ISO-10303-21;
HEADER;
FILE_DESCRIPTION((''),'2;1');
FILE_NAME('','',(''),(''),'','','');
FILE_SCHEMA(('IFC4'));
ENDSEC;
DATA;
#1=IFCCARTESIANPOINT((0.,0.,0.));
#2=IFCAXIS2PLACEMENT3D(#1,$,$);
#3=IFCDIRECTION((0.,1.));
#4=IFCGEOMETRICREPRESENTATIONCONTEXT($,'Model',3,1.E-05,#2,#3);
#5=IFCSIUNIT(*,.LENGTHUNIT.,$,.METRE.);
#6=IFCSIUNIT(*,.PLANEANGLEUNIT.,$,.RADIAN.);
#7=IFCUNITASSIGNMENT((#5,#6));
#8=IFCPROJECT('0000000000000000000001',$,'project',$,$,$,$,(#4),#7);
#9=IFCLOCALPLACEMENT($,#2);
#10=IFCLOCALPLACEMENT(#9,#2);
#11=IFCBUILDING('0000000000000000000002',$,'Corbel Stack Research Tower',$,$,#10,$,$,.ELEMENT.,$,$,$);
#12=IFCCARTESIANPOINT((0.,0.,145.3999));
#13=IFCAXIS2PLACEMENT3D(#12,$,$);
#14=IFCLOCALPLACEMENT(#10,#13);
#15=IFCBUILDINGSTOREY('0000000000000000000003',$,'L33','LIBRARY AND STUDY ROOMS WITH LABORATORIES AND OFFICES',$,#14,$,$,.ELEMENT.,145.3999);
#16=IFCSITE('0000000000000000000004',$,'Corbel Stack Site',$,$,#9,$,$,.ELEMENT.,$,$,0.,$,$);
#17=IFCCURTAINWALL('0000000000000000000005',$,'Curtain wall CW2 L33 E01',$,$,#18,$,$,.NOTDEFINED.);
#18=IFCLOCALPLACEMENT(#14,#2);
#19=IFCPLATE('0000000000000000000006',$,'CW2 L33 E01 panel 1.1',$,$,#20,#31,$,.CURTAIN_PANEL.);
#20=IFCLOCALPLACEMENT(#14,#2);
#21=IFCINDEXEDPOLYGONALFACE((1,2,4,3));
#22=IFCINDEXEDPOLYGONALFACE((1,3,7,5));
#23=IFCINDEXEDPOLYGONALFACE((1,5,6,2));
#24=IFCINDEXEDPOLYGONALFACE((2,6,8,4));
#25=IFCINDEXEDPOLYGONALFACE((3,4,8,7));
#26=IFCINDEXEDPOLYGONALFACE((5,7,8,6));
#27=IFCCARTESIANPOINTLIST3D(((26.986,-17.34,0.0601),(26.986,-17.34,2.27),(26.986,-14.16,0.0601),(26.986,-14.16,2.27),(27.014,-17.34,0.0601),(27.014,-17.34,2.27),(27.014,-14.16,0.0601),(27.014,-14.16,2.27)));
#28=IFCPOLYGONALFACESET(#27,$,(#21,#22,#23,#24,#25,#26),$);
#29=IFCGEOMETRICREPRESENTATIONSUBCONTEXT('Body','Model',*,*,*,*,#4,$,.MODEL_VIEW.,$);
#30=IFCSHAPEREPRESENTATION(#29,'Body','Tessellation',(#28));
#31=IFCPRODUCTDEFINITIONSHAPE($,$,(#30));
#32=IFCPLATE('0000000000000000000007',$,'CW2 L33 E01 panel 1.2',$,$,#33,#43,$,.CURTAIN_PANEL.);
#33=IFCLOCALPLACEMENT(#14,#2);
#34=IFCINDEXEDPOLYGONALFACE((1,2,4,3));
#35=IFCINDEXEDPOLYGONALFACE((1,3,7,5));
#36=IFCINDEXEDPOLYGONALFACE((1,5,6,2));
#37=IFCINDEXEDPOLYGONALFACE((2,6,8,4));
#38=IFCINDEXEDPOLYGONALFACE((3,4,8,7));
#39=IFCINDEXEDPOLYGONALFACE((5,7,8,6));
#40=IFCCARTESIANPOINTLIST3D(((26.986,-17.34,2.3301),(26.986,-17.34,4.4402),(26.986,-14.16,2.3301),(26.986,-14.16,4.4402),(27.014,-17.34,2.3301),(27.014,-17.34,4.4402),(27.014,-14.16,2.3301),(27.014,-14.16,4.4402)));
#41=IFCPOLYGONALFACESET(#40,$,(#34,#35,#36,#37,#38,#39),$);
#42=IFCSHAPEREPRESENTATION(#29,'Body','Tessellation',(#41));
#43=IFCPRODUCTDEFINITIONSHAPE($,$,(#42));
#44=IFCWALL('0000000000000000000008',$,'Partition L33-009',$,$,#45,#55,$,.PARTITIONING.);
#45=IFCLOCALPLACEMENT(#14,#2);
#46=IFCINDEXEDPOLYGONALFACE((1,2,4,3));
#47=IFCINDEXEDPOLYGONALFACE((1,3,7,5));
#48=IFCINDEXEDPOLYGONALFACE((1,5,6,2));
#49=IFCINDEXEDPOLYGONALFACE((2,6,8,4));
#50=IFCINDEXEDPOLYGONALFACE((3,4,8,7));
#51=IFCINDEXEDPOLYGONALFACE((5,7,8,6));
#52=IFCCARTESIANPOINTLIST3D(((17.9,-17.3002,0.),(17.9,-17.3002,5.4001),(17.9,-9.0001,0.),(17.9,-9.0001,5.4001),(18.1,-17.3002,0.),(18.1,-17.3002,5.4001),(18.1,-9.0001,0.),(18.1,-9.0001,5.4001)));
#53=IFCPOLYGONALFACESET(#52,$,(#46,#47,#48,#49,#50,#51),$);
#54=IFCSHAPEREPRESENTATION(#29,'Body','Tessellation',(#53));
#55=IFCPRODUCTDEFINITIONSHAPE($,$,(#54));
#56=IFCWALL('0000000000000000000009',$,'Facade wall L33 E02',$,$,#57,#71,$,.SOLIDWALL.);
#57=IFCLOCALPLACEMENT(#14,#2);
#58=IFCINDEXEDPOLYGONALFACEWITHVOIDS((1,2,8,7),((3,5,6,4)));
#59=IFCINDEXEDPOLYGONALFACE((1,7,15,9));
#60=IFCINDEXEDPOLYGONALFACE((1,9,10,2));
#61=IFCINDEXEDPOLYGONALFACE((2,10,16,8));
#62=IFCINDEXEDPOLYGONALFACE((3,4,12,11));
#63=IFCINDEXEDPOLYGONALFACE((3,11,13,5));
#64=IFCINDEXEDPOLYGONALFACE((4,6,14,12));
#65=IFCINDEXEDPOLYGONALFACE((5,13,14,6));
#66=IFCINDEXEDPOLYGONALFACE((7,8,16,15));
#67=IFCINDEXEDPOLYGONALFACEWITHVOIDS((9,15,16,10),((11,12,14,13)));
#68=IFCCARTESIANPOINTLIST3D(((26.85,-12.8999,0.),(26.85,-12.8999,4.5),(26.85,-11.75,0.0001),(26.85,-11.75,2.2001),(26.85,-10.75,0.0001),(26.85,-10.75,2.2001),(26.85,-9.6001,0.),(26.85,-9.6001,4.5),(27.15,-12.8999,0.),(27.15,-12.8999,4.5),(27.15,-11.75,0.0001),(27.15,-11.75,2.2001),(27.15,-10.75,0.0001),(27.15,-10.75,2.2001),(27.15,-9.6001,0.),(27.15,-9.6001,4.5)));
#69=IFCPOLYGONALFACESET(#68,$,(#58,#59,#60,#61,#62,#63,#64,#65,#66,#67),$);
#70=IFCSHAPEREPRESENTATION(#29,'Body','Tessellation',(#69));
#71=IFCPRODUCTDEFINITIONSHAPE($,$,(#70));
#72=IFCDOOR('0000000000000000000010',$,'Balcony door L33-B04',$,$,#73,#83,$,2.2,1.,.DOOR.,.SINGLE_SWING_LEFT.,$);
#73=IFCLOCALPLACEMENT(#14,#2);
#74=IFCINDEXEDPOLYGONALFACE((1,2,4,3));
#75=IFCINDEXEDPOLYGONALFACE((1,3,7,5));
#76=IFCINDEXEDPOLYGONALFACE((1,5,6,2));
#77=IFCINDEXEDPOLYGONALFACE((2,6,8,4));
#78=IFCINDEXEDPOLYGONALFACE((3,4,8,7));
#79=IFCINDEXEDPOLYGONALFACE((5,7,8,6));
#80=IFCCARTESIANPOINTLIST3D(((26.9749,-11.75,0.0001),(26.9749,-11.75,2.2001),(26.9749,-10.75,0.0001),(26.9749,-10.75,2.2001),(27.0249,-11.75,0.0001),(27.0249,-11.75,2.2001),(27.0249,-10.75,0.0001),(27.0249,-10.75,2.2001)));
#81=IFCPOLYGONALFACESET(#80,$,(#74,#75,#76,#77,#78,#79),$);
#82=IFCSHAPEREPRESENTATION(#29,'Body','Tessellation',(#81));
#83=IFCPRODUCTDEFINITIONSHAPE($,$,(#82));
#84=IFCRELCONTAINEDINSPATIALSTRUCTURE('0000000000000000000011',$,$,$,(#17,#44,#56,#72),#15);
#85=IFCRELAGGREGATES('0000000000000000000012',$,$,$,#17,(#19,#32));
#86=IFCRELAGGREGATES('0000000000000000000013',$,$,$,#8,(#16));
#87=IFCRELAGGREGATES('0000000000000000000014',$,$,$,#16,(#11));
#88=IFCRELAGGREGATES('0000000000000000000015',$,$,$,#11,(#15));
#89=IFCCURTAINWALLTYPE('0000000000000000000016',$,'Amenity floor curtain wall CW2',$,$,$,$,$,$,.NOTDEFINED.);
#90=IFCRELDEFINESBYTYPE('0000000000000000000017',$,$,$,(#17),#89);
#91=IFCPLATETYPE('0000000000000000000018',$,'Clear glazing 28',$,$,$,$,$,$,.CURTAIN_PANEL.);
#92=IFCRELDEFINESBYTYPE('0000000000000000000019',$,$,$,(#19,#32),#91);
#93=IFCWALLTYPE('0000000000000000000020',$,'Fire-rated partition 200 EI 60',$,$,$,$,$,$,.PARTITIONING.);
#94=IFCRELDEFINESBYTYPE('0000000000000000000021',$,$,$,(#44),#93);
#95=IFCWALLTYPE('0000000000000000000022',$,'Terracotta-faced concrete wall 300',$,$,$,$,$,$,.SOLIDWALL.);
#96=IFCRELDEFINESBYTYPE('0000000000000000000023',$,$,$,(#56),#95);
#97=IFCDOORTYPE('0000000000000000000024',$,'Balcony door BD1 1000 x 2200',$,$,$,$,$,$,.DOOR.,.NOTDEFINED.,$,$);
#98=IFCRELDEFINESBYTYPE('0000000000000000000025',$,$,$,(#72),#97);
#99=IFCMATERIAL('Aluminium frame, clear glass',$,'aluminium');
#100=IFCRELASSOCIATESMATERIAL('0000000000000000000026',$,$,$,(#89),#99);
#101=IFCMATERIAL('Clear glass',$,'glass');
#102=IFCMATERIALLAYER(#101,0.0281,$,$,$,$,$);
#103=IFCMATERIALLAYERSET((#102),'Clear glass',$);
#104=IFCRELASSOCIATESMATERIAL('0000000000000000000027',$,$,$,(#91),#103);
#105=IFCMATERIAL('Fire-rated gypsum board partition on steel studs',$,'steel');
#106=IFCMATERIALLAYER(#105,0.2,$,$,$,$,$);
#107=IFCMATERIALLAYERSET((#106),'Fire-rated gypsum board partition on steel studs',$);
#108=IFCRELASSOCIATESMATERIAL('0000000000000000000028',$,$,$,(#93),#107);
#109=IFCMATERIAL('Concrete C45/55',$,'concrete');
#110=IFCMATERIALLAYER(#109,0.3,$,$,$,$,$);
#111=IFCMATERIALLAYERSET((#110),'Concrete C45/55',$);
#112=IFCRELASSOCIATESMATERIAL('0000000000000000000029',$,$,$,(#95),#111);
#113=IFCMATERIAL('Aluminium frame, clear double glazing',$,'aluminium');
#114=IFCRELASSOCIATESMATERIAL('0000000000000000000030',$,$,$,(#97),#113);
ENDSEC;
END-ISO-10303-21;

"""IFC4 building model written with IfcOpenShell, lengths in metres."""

from ifc_helpers import new_model, si_unit, direction, frame, frame_2d, origin, origin_2d, place, context, subcontext, project, spatial, rectangle, extrude, material, layer, layer_set, type_object, element, fill, aggregate, save


model = new_model("IFC4")

# Units and contexts
model_context = context("Model", 3, precision=1e-05, world=origin(), true_north=direction((0.0, 1.0)))
body_context = subcontext(model_context, "Body", "Model", "MODEL_VIEW")
ifc_project = project(units=[si_unit("LENGTHUNIT", "METRE"), si_unit("PLANEANGLEUNIT", "RADIAN")], contexts=[model_context])

# Site, building, storey
site_placement = place(None, origin())
site = spatial("IfcSite", under=ifc_project, at=site_placement, Name="Corbel Stack Site", CompositionType="ELEMENT", RefElevation=0.0)
building_placement = place(site_placement, origin())
building = spatial("IfcBuilding", under=site, at=building_placement, Name="Corbel Stack Research Tower", CompositionType="ELEMENT")
storey_placement = place(building_placement, frame((0.0, 0.0, 145.3999)))
storey = spatial("IfcBuildingStorey", under=building, at=storey_placement, Name="L33", Description="LIBRARY AND STUDY ROOMS WITH LABORATORIES AND OFFICES", CompositionType="ELEMENT", Elevation=145.3999)

# Curtain wall
ifc_material_1 = material(Name="Aluminium frame, clear glass", Category="aluminium")
curtain_wall_type = type_object("IfcCurtainWallType", Name="Amenity floor curtain wall CW2", PredefinedType="NOTDEFINED", material=ifc_material_1)
curtain_wall_1_placement = place(storey_placement, origin())
curtain_wall_1 = element("IfcCurtainWall", 1, at=curtain_wall_1_placement, inside=storey, type_object=curtain_wall_type, Name="Curtain wall CW2 L33 E01", PredefinedType="NOTDEFINED")

# Plates
ifc_material_2 = material(Name="Clear glass", Category="glass")
ifc_layer_1 = layer(ifc_material_2, 0.0281)
ifc_layer_set_1 = layer_set([ifc_layer_1], Name="Clear glass")
plate_type = type_object("IfcPlateType", Name="Clear glazing 28", PredefinedType="CURTAIN_PANEL", material=ifc_layer_set_1)
plate_1_placement = place(storey_placement, frame((27.0, -15.75, 0.0601), z_axis=(0.0, 0.0, 1.0), x_axis=(0.0, 1.0, 0.0)))
plate_1 = element("IfcPlate", 2, at=plate_1_placement, type_object=plate_type, Name="CW2 L33 E01 panel 1.1", PredefinedType="CURTAIN_PANEL", context=body_context, shape_type="SweptSolid", body=[
    extrude(rectangle(XDim=3.1799, YDim=0.0281, at=origin_2d()), origin(), (0.0, 0.0, 1.0), 2.21),
])
plate_2_placement = place(storey_placement, frame((27.0, -15.75, 2.3301), z_axis=(0.0, 0.0, 1.0), x_axis=(0.0, 1.0, 0.0)))
plate_2 = element("IfcPlate", 3, at=plate_2_placement, type_object=plate_type, Name="CW2 L33 E01 panel 1.2", PredefinedType="CURTAIN_PANEL", context=body_context, shape_type="SweptSolid", body=[
    extrude(rectangle(XDim=3.1799, YDim=0.0281, at=origin_2d()), origin(), (0.0, 0.0, 1.0), 2.1101),
])
aggregate(curtain_wall_1, [plate_1, plate_2])

# Wall
ifc_material_3 = material(Name="Fire-rated gypsum board partition on steel studs", Category="steel")
ifc_layer_2 = layer(ifc_material_3, 0.2)
ifc_layer_set_2 = layer_set([ifc_layer_2], Name="Fire-rated gypsum board partition on steel studs")
wall_type_1 = type_object("IfcWallType", Name="Fire-rated partition 200 EI 60", PredefinedType="PARTITIONING", material=ifc_layer_set_2)
wall_1_placement = place(storey_placement, frame((18.0, -17.3, 0.0), z_axis=(0.0, 0.0, 1.0), x_axis=(0.0, 1.0, 0.0)))
element("IfcWall", 4, at=wall_1_placement, inside=storey, type_object=wall_type_1, Name="Partition L33-009", PredefinedType="PARTITIONING", context=body_context, shape_type="SweptSolid", body=[
    extrude(rectangle(XDim=8.3, YDim=0.2, at=frame_2d((4.1499, 0.0))), origin(), (0.0, 0.0, 1.0), 5.4001),
])

# Wall, opening, door
ifc_material_4 = material(Name="Concrete C45/55", Category="concrete")
ifc_layer_3 = layer(ifc_material_4, 0.3)
ifc_layer_set_3 = layer_set([ifc_layer_3], Name="Concrete C45/55")
wall_type_2 = type_object("IfcWallType", Name="Terracotta-faced concrete wall 300", PredefinedType="SOLIDWALL", material=ifc_layer_set_3)
wall_2_placement = place(storey_placement, frame((27.0, -9.6001, 0.0), z_axis=(0.0, 0.0, 1.0), x_axis=(0.0, -1.0, 0.0)))
wall_2 = element("IfcWall", 5, at=wall_2_placement, inside=storey, type_object=wall_type_2, Name="Facade wall L33 E02", PredefinedType="SOLIDWALL", context=body_context, shape_type="SweptSolid", body=[
    extrude(rectangle(XDim=3.2998, YDim=0.3, at=frame_2d((1.6499, 0.0))), origin(), (0.0, 0.0, 1.0), 4.5),
])
opening_1_placement = place(wall_2_placement, frame((1.1499, 0.0, 0.0)))
opening_1 = element("IfcOpeningElement", 6, at=opening_1_placement, cuts=wall_2, PredefinedType="OPENING", context=body_context, shape_type="SweptSolid", body=[
    extrude(rectangle(XDim=1.0, YDim=2.2, at=frame_2d((0.5, 1.1001))), frame((0.0, 0.1599, 0.0), z_axis=(0.0, -1.0, 0.0), x_axis=(1.0, 0.0, 0.0)), (0.0, 0.0, 1.0), 0.3201),
])
ifc_material_5 = material(Name="Aluminium frame, clear double glazing", Category="aluminium")
door_type_1 = type_object("IfcDoorType", Name="Balcony door BD1 1000 x 2200", OperationType="NOTDEFINED", PredefinedType="DOOR", material=ifc_material_5)
door_1_placement = place(opening_1_placement, origin())
door_1 = element("IfcDoor", 7, at=door_1_placement, inside=storey, type_object=door_type_1, Name="Balcony door L33-B04", OperationType="SINGLE_SWING_LEFT", OverallHeight=2.2, OverallWidth=1.0, PredefinedType="DOOR", context=body_context, shape_type="SweptSolid", body=[
    extrude(rectangle(XDim=1.0, YDim=2.2, at=frame_2d((0.5, 1.1001))), frame((0.0, 0.0249, 0.0), z_axis=(0.0, -1.0, 0.0), x_axis=(1.0, 0.0, 0.0)), (0.0, 0.0, 1.0), 0.05),
])
fill(opening_1, door_1)

save(model, "model.ifc")
